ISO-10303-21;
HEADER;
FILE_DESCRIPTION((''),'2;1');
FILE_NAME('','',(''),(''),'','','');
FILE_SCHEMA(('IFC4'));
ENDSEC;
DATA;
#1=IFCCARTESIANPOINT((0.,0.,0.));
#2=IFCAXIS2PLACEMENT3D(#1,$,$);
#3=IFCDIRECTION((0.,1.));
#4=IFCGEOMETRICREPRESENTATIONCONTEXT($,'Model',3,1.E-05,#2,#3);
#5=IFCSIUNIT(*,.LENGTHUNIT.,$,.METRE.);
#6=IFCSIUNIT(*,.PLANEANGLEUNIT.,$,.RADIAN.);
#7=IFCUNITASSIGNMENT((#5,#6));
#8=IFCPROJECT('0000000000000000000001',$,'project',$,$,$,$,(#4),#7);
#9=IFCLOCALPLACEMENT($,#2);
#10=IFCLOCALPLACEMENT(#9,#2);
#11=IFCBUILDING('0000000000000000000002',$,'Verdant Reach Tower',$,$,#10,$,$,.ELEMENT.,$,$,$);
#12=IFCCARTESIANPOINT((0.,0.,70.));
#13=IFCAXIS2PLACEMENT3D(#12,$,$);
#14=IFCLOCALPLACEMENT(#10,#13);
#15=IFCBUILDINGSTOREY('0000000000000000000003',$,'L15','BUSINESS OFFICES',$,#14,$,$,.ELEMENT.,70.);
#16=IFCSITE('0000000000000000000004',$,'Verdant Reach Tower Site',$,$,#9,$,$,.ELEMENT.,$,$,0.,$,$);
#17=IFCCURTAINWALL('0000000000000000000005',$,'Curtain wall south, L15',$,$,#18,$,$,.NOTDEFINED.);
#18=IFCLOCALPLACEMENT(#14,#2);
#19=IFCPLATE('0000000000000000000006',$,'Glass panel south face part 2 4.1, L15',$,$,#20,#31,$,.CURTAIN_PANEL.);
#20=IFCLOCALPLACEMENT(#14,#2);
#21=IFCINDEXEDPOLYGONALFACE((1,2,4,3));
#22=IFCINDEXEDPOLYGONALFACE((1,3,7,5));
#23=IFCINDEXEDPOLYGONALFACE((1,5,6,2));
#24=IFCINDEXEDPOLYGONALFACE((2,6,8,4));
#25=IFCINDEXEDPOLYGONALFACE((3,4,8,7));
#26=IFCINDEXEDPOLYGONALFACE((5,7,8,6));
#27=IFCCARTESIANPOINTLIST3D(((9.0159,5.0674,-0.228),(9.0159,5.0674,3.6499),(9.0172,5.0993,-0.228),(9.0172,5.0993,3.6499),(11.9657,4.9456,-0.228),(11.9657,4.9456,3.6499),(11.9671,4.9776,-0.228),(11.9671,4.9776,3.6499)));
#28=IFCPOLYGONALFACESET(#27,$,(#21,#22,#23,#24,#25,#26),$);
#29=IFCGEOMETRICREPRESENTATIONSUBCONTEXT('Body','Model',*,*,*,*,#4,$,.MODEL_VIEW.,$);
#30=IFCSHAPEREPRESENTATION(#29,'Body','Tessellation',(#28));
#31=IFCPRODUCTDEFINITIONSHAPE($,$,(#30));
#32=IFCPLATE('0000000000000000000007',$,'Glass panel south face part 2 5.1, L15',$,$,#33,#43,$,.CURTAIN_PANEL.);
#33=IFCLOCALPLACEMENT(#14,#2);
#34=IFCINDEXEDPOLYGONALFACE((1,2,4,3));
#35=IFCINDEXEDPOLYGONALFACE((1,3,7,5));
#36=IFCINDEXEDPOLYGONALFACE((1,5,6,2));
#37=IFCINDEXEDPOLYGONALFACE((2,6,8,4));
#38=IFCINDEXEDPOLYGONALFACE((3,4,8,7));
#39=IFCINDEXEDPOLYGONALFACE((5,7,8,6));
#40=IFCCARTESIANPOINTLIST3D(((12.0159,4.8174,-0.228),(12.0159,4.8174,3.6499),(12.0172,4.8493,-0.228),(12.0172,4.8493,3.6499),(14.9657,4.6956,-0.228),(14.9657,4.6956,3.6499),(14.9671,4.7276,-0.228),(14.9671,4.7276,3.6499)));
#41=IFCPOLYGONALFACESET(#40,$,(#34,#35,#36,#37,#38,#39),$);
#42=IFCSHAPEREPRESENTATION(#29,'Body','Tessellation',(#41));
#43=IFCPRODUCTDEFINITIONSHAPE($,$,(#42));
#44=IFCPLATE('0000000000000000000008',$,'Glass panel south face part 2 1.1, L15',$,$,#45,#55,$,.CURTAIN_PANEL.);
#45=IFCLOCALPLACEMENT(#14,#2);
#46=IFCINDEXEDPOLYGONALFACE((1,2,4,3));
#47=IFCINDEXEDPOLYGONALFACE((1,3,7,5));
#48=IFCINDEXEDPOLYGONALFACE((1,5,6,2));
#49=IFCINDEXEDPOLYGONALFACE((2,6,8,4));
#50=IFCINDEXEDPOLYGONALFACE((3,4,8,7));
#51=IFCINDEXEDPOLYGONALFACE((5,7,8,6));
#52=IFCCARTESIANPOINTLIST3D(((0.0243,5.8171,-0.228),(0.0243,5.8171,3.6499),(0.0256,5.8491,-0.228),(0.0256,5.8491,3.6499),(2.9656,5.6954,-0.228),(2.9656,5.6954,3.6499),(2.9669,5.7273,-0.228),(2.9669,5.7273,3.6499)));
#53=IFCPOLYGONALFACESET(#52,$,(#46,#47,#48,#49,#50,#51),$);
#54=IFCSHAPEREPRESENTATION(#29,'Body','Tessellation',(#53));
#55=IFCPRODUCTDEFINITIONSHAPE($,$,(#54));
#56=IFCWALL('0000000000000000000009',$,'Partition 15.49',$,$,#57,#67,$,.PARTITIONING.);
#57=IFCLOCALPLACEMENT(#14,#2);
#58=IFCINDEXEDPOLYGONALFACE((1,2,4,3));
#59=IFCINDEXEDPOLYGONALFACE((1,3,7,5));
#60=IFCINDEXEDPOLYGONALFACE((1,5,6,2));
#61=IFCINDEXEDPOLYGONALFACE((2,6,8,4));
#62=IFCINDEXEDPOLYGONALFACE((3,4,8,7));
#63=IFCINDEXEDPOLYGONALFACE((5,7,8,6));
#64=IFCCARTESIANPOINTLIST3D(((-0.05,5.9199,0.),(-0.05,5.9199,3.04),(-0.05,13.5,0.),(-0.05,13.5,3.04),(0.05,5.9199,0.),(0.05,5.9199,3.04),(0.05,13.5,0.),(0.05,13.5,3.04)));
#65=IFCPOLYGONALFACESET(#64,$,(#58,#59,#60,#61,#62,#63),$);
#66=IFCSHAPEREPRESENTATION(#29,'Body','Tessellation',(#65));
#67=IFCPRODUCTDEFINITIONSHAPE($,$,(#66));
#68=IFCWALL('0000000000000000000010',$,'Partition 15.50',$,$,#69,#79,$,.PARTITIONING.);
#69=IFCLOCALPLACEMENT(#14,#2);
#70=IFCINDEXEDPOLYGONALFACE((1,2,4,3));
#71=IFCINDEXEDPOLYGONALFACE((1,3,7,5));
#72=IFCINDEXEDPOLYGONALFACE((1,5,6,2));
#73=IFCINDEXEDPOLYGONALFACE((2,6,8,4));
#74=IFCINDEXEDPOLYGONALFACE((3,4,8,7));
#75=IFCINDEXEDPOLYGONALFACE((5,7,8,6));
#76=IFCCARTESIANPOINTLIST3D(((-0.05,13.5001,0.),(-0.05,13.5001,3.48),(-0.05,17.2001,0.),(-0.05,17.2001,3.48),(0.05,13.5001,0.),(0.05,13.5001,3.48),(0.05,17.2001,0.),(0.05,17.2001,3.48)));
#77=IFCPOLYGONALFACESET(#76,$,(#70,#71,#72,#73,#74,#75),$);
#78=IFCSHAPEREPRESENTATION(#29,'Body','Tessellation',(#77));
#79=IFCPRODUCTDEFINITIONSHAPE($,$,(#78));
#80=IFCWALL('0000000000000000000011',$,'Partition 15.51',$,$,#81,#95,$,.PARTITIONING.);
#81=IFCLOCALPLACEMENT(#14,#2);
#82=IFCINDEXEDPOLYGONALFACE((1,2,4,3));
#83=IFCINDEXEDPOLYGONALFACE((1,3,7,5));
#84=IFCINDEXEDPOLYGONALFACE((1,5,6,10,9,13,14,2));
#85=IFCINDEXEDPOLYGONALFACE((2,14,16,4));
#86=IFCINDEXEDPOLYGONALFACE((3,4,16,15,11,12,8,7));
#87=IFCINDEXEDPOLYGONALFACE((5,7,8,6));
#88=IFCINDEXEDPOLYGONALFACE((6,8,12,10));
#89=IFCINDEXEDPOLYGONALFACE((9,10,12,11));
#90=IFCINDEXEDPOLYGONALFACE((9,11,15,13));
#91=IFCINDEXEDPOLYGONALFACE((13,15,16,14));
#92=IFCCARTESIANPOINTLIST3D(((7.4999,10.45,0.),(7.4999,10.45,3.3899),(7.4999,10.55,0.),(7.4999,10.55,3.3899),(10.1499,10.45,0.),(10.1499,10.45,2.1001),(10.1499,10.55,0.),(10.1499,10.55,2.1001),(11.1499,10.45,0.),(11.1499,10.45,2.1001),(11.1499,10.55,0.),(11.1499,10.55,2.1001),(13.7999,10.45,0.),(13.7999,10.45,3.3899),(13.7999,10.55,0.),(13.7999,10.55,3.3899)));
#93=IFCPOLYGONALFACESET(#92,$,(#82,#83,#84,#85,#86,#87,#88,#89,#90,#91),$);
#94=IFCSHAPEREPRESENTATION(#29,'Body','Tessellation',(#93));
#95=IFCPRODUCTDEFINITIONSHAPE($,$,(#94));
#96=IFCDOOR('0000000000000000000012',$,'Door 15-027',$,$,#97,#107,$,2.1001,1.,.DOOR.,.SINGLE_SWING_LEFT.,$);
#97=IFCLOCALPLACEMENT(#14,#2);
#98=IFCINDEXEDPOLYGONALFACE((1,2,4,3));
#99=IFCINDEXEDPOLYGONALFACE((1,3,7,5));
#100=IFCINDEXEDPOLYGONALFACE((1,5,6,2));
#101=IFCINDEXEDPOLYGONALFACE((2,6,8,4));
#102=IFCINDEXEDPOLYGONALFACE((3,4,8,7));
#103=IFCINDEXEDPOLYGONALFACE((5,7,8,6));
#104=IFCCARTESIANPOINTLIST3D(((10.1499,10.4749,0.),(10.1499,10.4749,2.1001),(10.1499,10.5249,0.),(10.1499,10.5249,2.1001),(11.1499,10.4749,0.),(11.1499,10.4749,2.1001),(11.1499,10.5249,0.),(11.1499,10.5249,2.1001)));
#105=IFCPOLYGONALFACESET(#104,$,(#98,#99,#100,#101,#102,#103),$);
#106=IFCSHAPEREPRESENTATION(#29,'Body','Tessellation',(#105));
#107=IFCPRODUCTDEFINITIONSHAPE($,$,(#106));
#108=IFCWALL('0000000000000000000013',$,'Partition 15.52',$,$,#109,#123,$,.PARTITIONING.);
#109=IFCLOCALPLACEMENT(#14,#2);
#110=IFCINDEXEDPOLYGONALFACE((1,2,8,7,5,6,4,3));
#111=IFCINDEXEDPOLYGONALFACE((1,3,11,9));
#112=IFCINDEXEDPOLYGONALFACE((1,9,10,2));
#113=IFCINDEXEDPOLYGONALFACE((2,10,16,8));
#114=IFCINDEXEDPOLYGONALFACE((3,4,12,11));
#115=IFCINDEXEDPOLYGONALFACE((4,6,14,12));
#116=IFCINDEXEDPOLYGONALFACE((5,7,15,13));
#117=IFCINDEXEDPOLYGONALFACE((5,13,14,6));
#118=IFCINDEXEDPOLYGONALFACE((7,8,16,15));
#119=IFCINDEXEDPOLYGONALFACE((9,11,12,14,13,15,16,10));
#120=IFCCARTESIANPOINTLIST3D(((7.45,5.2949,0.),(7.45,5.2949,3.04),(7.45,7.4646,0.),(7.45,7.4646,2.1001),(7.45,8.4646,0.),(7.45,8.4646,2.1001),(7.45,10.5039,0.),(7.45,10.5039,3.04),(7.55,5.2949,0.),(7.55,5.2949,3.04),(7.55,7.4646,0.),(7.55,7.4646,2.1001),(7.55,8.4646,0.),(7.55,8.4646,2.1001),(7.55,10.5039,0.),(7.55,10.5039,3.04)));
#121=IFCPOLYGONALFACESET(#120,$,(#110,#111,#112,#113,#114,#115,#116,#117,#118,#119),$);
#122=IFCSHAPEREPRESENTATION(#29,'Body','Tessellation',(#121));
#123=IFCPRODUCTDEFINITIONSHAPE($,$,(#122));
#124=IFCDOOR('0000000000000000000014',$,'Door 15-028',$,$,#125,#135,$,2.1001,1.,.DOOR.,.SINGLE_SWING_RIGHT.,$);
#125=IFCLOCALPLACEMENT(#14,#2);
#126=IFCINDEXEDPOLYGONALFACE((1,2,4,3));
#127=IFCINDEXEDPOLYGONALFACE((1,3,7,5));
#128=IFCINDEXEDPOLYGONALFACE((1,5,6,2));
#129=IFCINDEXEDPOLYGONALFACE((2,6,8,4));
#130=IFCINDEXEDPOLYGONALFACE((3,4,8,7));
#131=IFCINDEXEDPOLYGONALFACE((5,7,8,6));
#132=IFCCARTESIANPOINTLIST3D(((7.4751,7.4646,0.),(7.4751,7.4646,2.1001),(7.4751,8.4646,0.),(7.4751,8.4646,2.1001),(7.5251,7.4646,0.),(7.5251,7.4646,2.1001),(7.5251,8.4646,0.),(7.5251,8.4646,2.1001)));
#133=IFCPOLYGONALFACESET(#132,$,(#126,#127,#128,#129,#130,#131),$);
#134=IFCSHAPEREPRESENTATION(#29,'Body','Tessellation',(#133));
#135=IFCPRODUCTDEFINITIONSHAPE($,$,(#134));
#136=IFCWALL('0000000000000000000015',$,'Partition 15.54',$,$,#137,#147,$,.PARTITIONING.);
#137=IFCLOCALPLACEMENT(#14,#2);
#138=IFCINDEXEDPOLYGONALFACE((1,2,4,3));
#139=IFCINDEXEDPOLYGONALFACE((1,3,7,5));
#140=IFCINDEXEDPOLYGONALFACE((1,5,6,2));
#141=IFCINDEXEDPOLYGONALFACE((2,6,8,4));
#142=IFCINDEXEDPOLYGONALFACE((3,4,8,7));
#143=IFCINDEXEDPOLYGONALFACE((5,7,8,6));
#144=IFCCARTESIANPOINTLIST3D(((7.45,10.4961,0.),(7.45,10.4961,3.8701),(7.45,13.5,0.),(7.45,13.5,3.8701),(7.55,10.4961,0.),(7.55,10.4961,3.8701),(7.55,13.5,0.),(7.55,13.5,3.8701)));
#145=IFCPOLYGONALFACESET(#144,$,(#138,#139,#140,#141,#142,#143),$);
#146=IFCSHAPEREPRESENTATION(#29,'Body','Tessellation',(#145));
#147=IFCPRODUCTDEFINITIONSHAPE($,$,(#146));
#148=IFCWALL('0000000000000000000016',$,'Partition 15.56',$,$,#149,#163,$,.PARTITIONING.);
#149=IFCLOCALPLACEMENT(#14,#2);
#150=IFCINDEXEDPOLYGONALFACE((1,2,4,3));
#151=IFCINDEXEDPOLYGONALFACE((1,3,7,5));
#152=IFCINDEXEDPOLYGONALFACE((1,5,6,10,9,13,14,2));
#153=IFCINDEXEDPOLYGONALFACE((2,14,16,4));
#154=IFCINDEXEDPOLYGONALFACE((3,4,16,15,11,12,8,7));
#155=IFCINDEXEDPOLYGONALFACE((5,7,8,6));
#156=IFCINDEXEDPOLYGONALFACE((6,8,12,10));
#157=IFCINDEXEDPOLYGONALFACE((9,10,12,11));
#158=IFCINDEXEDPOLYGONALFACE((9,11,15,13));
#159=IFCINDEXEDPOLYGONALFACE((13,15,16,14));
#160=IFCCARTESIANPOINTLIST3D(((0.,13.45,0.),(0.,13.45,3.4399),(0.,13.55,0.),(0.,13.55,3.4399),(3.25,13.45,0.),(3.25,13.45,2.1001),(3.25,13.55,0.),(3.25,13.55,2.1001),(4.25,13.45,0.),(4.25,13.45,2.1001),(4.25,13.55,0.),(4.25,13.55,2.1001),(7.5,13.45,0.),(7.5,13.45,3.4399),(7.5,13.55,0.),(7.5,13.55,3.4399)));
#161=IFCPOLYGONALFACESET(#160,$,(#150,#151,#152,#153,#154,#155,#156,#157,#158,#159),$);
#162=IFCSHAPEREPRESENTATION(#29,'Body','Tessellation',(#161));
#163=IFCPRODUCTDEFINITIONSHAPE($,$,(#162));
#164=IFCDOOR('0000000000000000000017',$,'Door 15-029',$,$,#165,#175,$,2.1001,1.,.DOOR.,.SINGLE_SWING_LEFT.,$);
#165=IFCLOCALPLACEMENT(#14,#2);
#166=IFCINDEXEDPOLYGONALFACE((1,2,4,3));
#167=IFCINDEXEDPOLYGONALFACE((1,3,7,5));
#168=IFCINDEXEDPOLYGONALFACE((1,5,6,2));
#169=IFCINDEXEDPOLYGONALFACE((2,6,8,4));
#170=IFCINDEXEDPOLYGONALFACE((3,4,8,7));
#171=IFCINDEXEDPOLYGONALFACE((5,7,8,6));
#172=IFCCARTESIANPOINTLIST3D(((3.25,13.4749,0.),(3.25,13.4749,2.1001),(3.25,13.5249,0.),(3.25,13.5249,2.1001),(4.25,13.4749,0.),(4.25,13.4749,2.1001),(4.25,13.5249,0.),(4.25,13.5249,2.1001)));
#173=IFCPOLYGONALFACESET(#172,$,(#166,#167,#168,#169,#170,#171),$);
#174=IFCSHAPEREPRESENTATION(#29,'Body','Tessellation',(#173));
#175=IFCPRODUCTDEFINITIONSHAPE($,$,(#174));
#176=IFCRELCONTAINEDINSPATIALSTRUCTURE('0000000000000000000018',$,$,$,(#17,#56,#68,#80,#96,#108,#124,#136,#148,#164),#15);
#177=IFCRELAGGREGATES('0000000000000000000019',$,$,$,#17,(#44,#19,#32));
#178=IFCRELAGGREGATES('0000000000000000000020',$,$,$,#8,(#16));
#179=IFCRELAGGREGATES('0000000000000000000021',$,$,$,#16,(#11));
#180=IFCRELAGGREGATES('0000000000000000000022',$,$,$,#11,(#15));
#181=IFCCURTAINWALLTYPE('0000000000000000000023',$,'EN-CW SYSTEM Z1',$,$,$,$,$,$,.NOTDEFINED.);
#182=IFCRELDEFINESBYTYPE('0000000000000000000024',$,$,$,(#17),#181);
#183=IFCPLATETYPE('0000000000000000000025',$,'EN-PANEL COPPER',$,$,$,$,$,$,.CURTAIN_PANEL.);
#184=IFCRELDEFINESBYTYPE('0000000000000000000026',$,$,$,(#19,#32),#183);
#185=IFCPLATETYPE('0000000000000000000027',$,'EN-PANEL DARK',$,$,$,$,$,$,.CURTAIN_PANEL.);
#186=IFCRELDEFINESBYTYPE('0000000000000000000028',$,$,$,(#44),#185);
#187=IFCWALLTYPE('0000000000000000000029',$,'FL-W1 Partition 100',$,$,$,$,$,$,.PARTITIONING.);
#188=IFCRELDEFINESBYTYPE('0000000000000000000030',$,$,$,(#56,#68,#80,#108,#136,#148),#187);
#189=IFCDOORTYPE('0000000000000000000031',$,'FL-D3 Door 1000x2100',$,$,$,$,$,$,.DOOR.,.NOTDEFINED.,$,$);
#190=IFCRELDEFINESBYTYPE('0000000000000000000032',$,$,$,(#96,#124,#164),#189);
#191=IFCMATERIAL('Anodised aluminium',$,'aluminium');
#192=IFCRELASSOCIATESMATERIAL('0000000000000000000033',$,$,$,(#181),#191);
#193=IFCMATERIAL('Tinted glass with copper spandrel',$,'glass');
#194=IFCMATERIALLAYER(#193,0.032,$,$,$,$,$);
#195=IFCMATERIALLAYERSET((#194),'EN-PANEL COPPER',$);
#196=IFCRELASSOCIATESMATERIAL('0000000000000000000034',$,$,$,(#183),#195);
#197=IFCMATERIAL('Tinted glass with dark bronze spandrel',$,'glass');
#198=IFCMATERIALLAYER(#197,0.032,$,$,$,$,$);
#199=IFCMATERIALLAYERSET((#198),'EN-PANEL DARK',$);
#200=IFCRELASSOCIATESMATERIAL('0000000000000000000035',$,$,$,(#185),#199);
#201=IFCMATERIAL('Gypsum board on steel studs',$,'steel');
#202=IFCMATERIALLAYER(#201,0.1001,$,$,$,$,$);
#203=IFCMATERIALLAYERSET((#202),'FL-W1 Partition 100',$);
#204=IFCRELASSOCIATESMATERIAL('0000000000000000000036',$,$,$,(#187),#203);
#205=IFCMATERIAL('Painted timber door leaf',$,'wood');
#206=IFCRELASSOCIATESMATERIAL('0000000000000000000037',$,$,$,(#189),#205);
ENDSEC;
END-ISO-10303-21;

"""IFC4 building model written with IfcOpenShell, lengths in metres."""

from ifc_helpers import new_model, si_unit, direction, frame, frame_2d, origin, origin_2d, place, context, subcontext, project, spatial, rectangle, extrude, material, layer, layer_set, type_object, element, fill, aggregate, save


model = new_model("IFC4")

# Units and contexts
model_context = context("Model", 3, precision=1e-05, world=origin(), true_north=direction((0.0, 1.0)))
body_context = subcontext(model_context, "Body", "Model", "MODEL_VIEW")
ifc_project = project(units=[si_unit("LENGTHUNIT", "METRE"), si_unit("PLANEANGLEUNIT", "RADIAN")], contexts=[model_context])

# Site, building, storey
site_placement = place(None, origin())
site = spatial("IfcSite", under=ifc_project, at=site_placement, Name="Verdant Reach Tower Site", CompositionType="ELEMENT", RefElevation=0.0)
building_placement = place(site_placement, origin())
building = spatial("IfcBuilding", under=site, at=building_placement, Name="Verdant Reach Tower", CompositionType="ELEMENT")
storey_placement = place(building_placement, frame((0.0, 0.0, 70.0)))
storey = spatial("IfcBuildingStorey", under=building, at=storey_placement, Name="L15", Description="BUSINESS OFFICES", CompositionType="ELEMENT", Elevation=70.0)

# Curtain wall
ifc_material_1 = material(Name="Anodised aluminium", Category="aluminium")
curtain_wall_type = type_object("IfcCurtainWallType", Name="EN-CW SYSTEM Z1", PredefinedType="NOTDEFINED", material=ifc_material_1)
curtain_wall_placement = place(storey_placement, origin())
curtain_wall = element("IfcCurtainWall", 1, at=curtain_wall_placement, inside=storey, type_object=curtain_wall_type, Name="Curtain wall south, L15", PredefinedType="NOTDEFINED")

# Plates
ifc_material_2 = material(Name="Tinted glass with copper spandrel", Category="glass")
ifc_layer_1 = layer(ifc_material_2, 0.032)
ifc_layer_set_1 = layer_set([ifc_layer_1], Name="EN-PANEL COPPER")
plate_type_1 = type_object("IfcPlateType", Name="EN-PANEL COPPER", PredefinedType="CURTAIN_PANEL", material=ifc_layer_set_1)
plate_1_placement = place(storey_placement, frame((10.4915, 5.0225, -0.228), z_axis=(0.0, 0.0, 1.0), x_axis=(0.999149, -0.041242, 0.0)))
plate_1 = element("IfcPlate", 2, at=plate_1_placement, type_object=plate_type_1, Name="Glass panel south face part 2 4.1, L15", PredefinedType="CURTAIN_PANEL", context=body_context, shape_type="SweptSolid", body=[
    extrude(rectangle(XDim=2.9524, YDim=0.032, at=origin_2d()), origin(), (0.0, 0.0, 1.0), 3.8779),
])
plate_2_placement = place(storey_placement, frame((13.4915, 4.7725, -0.228), z_axis=(0.0, 0.0, 1.0), x_axis=(0.999149, -0.041242, 0.0)))
plate_2 = element("IfcPlate", 3, at=plate_2_placement, type_object=plate_type_1, Name="Glass panel south face part 2 5.1, L15", PredefinedType="CURTAIN_PANEL", context=body_context, shape_type="SweptSolid", body=[
    extrude(rectangle(XDim=2.9524, YDim=0.032, at=origin_2d()), origin(), (0.0, 0.0, 1.0), 3.8779),
])
ifc_material_3 = material(Name="Tinted glass with dark bronze spandrel", Category="glass")
ifc_layer_2 = layer(ifc_material_3, 0.032)
ifc_layer_set_2 = layer_set([ifc_layer_2], Name="EN-PANEL DARK")
plate_type_2 = type_object("IfcPlateType", Name="EN-PANEL DARK", PredefinedType="CURTAIN_PANEL", material=ifc_layer_set_2)
plate_3_placement = place(storey_placement, frame((1.4956, 5.7722, -0.228), z_axis=(0.0, 0.0, 1.0), x_axis=(0.999144, -0.04136, 0.0)))
plate_3 = element("IfcPlate", 4, at=plate_3_placement, type_object=plate_type_2, Name="Glass panel south face part 2 1.1, L15", PredefinedType="CURTAIN_PANEL", context=body_context, shape_type="SweptSolid", body=[
    extrude(rectangle(XDim=2.9438, YDim=0.032, at=origin_2d()), origin(), (0.0, 0.0, 1.0), 3.8779),
])
aggregate(curtain_wall, [plate_3, plate_1, plate_2])

# Walls
ifc_material_4 = material(Name="Gypsum board on steel studs", Category="steel")
ifc_layer_3 = layer(ifc_material_4, 0.1001)
ifc_layer_set_3 = layer_set([ifc_layer_3], Name="FL-W1 Partition 100")
wall_type_1 = type_object("IfcWallType", Name="FL-W1 Partition 100", PredefinedType="PARTITIONING", material=ifc_layer_set_3)
wall_1_placement = place(storey_placement, frame((0.0, 5.9199, 0.0), z_axis=(0.0, 0.0, 1.0), x_axis=(0.0, 1.0, 0.0)))
element("IfcWall", 5, at=wall_1_placement, inside=storey, type_object=wall_type_1, Name="Partition 15.49", PredefinedType="PARTITIONING", context=body_context, shape_type="SweptSolid", body=[
    extrude(rectangle(XDim=7.5801, YDim=0.1001, at=frame_2d((3.79, 0.0))), origin(), (0.0, 0.0, 1.0), 3.04),
])
wall_2_placement = place(storey_placement, frame((0.0, 13.5, 0.0), z_axis=(0.0, 0.0, 1.0), x_axis=(0.0, 1.0, 0.0)))
element("IfcWall", 6, at=wall_2_placement, inside=storey, type_object=wall_type_1, Name="Partition 15.50", PredefinedType="PARTITIONING", context=body_context, shape_type="SweptSolid", body=[
    extrude(rectangle(XDim=3.7, YDim=0.1001, at=frame_2d((1.8501, 0.0))), origin(), (0.0, 0.0, 1.0), 3.48),
])

# Walls, openings, doors
wall_3_placement = place(storey_placement, frame((7.5, 10.5, 0.0), z_axis=(0.0, 0.0, 1.0), x_axis=(1.0, 0.0, 0.0)))
wall_3 = element("IfcWall", 7, at=wall_3_placement, inside=storey, type_object=wall_type_1, Name="Partition 15.51", PredefinedType="PARTITIONING", context=body_context, shape_type="SweptSolid", body=[
    extrude(rectangle(XDim=6.3, YDim=0.1001, at=frame_2d((3.1499, 0.0))), origin(), (0.0, 0.0, 1.0), 3.3899),
])
opening_1_placement = place(wall_3_placement, frame((2.6499, 0.0, 0.0)))
opening_1 = element("IfcOpeningElement", 8, at=opening_1_placement, cuts=wall_3, PredefinedType="OPENING", context=body_context, shape_type="SweptSolid", body=[
    extrude(rectangle(XDim=1.0, YDim=2.1001, at=frame_2d((0.5, 1.05))), frame((0.0, 0.0601, 0.0), z_axis=(0.0, -1.0, 0.0), x_axis=(1.0, 0.0, 0.0)), (0.0, 0.0, 1.0), 0.1201),
])
ifc_material_5 = material(Name="Painted timber door leaf", Category="wood")
door_type_1 = type_object("IfcDoorType", Name="FL-D3 Door 1000x2100", OperationType="NOTDEFINED", PredefinedType="DOOR", material=ifc_material_5)
door_1_placement = place(opening_1_placement, origin())
door_1 = element("IfcDoor", 9, at=door_1_placement, inside=storey, type_object=door_type_1, Name="Door 15-027", OperationType="SINGLE_SWING_LEFT", OverallHeight=2.1001, OverallWidth=1.0, PredefinedType="DOOR", context=body_context, shape_type="SweptSolid", body=[
    extrude(rectangle(XDim=1.0, YDim=2.1001, at=frame_2d((0.5, 1.05))), frame((0.0, 0.0249, 0.0), z_axis=(0.0, -1.0, 0.0), x_axis=(1.0, 0.0, 0.0)), (0.0, 0.0, 1.0), 0.05),
])
fill(opening_1, door_1)
wall_4_placement = place(storey_placement, frame((7.5, 5.2949, 0.0), z_axis=(0.0, 0.0, 1.0), x_axis=(0.0, 1.0, 0.0)))
wall_4 = element("IfcWall", 10, at=wall_4_placement, inside=storey, type_object=wall_type_1, Name="Partition 15.52", PredefinedType="PARTITIONING", context=body_context, shape_type="SweptSolid", body=[
    extrude(rectangle(XDim=5.209, YDim=0.1001, at=frame_2d((2.6045, 0.0))), origin(), (0.0, 0.0, 1.0), 3.04),
])
opening_2_placement = place(wall_4_placement, frame((2.1697, 0.0, 0.0)))
opening_2 = element("IfcOpeningElement", 11, at=opening_2_placement, cuts=wall_4, PredefinedType="OPENING", context=body_context, shape_type="SweptSolid", body=[
    extrude(rectangle(XDim=1.0, YDim=2.1001, at=frame_2d((0.5, 1.05))), frame((0.0, 0.0601, 0.0), z_axis=(0.0, -1.0, 0.0), x_axis=(1.0, 0.0, 0.0)), (0.0, 0.0, 1.0), 0.1201),
])
door_2_placement = place(opening_2_placement, origin())
door_2 = element("IfcDoor", 12, at=door_2_placement, inside=storey, type_object=door_type_1, Name="Door 15-028", OperationType="SINGLE_SWING_RIGHT", OverallHeight=2.1001, OverallWidth=1.0, PredefinedType="DOOR", context=body_context, shape_type="SweptSolid", body=[
    extrude(rectangle(XDim=1.0, YDim=2.1001, at=frame_2d((0.5, 1.05))), frame((0.0, 0.0249, 0.0), z_axis=(0.0, -1.0, 0.0), x_axis=(1.0, 0.0, 0.0)), (0.0, 0.0, 1.0), 0.05),
])
fill(opening_2, door_2)

# Wall
wall_5_placement = place(storey_placement, frame((7.5, 13.5, 0.0), z_axis=(0.0, 0.0, 1.0), x_axis=(0.0, -1.0, 0.0)))
element("IfcWall", 13, at=wall_5_placement, inside=storey, type_object=wall_type_1, Name="Partition 15.54", PredefinedType="PARTITIONING", context=body_context, shape_type="SweptSolid", body=[
    extrude(rectangle(XDim=3.0039, YDim=0.1001, at=frame_2d((1.502, 0.0))), origin(), (0.0, 0.0, 1.0), 3.8701),
])

# Wall, opening, door
wall_6_placement = place(storey_placement, frame((0.0, 13.5, 0.0), z_axis=(0.0, 0.0, 1.0), x_axis=(1.0, 0.0, 0.0)))
wall_6 = element("IfcWall", 14, at=wall_6_placement, inside=storey, type_object=wall_type_1, Name="Partition 15.56", PredefinedType="PARTITIONING", context=body_context, shape_type="SweptSolid", body=[
    extrude(rectangle(XDim=7.5, YDim=0.1001, at=frame_2d((3.75, 0.0))), origin(), (0.0, 0.0, 1.0), 3.4399),
])
opening_3_placement = place(wall_6_placement, frame((3.25, 0.0, 0.0)))
opening_3 = element("IfcOpeningElement", 15, at=opening_3_placement, cuts=wall_6, PredefinedType="OPENING", context=body_context, shape_type="SweptSolid", body=[
    extrude(rectangle(XDim=1.0, YDim=2.1001, at=frame_2d((0.5, 1.05))), frame((0.0, 0.0601, 0.0), z_axis=(0.0, -1.0, 0.0), x_axis=(1.0, 0.0, 0.0)), (0.0, 0.0, 1.0), 0.1201),
])
door_3_placement = place(opening_3_placement, origin())
door_3 = element("IfcDoor", 16, at=door_3_placement, inside=storey, type_object=door_type_1, Name="Door 15-029", OperationType="SINGLE_SWING_LEFT", OverallHeight=2.1001, OverallWidth=1.0, PredefinedType="DOOR", context=body_context, shape_type="SweptSolid", body=[
    extrude(rectangle(XDim=1.0, YDim=2.1001, at=frame_2d((0.5, 1.05))), frame((0.0, 0.0249, 0.0), z_axis=(0.0, -1.0, 0.0), x_axis=(1.0, 0.0, 0.0)), (0.0, 0.0, 1.0), 0.05),
])
fill(opening_3, door_3)

save(model, "model.ifc")
